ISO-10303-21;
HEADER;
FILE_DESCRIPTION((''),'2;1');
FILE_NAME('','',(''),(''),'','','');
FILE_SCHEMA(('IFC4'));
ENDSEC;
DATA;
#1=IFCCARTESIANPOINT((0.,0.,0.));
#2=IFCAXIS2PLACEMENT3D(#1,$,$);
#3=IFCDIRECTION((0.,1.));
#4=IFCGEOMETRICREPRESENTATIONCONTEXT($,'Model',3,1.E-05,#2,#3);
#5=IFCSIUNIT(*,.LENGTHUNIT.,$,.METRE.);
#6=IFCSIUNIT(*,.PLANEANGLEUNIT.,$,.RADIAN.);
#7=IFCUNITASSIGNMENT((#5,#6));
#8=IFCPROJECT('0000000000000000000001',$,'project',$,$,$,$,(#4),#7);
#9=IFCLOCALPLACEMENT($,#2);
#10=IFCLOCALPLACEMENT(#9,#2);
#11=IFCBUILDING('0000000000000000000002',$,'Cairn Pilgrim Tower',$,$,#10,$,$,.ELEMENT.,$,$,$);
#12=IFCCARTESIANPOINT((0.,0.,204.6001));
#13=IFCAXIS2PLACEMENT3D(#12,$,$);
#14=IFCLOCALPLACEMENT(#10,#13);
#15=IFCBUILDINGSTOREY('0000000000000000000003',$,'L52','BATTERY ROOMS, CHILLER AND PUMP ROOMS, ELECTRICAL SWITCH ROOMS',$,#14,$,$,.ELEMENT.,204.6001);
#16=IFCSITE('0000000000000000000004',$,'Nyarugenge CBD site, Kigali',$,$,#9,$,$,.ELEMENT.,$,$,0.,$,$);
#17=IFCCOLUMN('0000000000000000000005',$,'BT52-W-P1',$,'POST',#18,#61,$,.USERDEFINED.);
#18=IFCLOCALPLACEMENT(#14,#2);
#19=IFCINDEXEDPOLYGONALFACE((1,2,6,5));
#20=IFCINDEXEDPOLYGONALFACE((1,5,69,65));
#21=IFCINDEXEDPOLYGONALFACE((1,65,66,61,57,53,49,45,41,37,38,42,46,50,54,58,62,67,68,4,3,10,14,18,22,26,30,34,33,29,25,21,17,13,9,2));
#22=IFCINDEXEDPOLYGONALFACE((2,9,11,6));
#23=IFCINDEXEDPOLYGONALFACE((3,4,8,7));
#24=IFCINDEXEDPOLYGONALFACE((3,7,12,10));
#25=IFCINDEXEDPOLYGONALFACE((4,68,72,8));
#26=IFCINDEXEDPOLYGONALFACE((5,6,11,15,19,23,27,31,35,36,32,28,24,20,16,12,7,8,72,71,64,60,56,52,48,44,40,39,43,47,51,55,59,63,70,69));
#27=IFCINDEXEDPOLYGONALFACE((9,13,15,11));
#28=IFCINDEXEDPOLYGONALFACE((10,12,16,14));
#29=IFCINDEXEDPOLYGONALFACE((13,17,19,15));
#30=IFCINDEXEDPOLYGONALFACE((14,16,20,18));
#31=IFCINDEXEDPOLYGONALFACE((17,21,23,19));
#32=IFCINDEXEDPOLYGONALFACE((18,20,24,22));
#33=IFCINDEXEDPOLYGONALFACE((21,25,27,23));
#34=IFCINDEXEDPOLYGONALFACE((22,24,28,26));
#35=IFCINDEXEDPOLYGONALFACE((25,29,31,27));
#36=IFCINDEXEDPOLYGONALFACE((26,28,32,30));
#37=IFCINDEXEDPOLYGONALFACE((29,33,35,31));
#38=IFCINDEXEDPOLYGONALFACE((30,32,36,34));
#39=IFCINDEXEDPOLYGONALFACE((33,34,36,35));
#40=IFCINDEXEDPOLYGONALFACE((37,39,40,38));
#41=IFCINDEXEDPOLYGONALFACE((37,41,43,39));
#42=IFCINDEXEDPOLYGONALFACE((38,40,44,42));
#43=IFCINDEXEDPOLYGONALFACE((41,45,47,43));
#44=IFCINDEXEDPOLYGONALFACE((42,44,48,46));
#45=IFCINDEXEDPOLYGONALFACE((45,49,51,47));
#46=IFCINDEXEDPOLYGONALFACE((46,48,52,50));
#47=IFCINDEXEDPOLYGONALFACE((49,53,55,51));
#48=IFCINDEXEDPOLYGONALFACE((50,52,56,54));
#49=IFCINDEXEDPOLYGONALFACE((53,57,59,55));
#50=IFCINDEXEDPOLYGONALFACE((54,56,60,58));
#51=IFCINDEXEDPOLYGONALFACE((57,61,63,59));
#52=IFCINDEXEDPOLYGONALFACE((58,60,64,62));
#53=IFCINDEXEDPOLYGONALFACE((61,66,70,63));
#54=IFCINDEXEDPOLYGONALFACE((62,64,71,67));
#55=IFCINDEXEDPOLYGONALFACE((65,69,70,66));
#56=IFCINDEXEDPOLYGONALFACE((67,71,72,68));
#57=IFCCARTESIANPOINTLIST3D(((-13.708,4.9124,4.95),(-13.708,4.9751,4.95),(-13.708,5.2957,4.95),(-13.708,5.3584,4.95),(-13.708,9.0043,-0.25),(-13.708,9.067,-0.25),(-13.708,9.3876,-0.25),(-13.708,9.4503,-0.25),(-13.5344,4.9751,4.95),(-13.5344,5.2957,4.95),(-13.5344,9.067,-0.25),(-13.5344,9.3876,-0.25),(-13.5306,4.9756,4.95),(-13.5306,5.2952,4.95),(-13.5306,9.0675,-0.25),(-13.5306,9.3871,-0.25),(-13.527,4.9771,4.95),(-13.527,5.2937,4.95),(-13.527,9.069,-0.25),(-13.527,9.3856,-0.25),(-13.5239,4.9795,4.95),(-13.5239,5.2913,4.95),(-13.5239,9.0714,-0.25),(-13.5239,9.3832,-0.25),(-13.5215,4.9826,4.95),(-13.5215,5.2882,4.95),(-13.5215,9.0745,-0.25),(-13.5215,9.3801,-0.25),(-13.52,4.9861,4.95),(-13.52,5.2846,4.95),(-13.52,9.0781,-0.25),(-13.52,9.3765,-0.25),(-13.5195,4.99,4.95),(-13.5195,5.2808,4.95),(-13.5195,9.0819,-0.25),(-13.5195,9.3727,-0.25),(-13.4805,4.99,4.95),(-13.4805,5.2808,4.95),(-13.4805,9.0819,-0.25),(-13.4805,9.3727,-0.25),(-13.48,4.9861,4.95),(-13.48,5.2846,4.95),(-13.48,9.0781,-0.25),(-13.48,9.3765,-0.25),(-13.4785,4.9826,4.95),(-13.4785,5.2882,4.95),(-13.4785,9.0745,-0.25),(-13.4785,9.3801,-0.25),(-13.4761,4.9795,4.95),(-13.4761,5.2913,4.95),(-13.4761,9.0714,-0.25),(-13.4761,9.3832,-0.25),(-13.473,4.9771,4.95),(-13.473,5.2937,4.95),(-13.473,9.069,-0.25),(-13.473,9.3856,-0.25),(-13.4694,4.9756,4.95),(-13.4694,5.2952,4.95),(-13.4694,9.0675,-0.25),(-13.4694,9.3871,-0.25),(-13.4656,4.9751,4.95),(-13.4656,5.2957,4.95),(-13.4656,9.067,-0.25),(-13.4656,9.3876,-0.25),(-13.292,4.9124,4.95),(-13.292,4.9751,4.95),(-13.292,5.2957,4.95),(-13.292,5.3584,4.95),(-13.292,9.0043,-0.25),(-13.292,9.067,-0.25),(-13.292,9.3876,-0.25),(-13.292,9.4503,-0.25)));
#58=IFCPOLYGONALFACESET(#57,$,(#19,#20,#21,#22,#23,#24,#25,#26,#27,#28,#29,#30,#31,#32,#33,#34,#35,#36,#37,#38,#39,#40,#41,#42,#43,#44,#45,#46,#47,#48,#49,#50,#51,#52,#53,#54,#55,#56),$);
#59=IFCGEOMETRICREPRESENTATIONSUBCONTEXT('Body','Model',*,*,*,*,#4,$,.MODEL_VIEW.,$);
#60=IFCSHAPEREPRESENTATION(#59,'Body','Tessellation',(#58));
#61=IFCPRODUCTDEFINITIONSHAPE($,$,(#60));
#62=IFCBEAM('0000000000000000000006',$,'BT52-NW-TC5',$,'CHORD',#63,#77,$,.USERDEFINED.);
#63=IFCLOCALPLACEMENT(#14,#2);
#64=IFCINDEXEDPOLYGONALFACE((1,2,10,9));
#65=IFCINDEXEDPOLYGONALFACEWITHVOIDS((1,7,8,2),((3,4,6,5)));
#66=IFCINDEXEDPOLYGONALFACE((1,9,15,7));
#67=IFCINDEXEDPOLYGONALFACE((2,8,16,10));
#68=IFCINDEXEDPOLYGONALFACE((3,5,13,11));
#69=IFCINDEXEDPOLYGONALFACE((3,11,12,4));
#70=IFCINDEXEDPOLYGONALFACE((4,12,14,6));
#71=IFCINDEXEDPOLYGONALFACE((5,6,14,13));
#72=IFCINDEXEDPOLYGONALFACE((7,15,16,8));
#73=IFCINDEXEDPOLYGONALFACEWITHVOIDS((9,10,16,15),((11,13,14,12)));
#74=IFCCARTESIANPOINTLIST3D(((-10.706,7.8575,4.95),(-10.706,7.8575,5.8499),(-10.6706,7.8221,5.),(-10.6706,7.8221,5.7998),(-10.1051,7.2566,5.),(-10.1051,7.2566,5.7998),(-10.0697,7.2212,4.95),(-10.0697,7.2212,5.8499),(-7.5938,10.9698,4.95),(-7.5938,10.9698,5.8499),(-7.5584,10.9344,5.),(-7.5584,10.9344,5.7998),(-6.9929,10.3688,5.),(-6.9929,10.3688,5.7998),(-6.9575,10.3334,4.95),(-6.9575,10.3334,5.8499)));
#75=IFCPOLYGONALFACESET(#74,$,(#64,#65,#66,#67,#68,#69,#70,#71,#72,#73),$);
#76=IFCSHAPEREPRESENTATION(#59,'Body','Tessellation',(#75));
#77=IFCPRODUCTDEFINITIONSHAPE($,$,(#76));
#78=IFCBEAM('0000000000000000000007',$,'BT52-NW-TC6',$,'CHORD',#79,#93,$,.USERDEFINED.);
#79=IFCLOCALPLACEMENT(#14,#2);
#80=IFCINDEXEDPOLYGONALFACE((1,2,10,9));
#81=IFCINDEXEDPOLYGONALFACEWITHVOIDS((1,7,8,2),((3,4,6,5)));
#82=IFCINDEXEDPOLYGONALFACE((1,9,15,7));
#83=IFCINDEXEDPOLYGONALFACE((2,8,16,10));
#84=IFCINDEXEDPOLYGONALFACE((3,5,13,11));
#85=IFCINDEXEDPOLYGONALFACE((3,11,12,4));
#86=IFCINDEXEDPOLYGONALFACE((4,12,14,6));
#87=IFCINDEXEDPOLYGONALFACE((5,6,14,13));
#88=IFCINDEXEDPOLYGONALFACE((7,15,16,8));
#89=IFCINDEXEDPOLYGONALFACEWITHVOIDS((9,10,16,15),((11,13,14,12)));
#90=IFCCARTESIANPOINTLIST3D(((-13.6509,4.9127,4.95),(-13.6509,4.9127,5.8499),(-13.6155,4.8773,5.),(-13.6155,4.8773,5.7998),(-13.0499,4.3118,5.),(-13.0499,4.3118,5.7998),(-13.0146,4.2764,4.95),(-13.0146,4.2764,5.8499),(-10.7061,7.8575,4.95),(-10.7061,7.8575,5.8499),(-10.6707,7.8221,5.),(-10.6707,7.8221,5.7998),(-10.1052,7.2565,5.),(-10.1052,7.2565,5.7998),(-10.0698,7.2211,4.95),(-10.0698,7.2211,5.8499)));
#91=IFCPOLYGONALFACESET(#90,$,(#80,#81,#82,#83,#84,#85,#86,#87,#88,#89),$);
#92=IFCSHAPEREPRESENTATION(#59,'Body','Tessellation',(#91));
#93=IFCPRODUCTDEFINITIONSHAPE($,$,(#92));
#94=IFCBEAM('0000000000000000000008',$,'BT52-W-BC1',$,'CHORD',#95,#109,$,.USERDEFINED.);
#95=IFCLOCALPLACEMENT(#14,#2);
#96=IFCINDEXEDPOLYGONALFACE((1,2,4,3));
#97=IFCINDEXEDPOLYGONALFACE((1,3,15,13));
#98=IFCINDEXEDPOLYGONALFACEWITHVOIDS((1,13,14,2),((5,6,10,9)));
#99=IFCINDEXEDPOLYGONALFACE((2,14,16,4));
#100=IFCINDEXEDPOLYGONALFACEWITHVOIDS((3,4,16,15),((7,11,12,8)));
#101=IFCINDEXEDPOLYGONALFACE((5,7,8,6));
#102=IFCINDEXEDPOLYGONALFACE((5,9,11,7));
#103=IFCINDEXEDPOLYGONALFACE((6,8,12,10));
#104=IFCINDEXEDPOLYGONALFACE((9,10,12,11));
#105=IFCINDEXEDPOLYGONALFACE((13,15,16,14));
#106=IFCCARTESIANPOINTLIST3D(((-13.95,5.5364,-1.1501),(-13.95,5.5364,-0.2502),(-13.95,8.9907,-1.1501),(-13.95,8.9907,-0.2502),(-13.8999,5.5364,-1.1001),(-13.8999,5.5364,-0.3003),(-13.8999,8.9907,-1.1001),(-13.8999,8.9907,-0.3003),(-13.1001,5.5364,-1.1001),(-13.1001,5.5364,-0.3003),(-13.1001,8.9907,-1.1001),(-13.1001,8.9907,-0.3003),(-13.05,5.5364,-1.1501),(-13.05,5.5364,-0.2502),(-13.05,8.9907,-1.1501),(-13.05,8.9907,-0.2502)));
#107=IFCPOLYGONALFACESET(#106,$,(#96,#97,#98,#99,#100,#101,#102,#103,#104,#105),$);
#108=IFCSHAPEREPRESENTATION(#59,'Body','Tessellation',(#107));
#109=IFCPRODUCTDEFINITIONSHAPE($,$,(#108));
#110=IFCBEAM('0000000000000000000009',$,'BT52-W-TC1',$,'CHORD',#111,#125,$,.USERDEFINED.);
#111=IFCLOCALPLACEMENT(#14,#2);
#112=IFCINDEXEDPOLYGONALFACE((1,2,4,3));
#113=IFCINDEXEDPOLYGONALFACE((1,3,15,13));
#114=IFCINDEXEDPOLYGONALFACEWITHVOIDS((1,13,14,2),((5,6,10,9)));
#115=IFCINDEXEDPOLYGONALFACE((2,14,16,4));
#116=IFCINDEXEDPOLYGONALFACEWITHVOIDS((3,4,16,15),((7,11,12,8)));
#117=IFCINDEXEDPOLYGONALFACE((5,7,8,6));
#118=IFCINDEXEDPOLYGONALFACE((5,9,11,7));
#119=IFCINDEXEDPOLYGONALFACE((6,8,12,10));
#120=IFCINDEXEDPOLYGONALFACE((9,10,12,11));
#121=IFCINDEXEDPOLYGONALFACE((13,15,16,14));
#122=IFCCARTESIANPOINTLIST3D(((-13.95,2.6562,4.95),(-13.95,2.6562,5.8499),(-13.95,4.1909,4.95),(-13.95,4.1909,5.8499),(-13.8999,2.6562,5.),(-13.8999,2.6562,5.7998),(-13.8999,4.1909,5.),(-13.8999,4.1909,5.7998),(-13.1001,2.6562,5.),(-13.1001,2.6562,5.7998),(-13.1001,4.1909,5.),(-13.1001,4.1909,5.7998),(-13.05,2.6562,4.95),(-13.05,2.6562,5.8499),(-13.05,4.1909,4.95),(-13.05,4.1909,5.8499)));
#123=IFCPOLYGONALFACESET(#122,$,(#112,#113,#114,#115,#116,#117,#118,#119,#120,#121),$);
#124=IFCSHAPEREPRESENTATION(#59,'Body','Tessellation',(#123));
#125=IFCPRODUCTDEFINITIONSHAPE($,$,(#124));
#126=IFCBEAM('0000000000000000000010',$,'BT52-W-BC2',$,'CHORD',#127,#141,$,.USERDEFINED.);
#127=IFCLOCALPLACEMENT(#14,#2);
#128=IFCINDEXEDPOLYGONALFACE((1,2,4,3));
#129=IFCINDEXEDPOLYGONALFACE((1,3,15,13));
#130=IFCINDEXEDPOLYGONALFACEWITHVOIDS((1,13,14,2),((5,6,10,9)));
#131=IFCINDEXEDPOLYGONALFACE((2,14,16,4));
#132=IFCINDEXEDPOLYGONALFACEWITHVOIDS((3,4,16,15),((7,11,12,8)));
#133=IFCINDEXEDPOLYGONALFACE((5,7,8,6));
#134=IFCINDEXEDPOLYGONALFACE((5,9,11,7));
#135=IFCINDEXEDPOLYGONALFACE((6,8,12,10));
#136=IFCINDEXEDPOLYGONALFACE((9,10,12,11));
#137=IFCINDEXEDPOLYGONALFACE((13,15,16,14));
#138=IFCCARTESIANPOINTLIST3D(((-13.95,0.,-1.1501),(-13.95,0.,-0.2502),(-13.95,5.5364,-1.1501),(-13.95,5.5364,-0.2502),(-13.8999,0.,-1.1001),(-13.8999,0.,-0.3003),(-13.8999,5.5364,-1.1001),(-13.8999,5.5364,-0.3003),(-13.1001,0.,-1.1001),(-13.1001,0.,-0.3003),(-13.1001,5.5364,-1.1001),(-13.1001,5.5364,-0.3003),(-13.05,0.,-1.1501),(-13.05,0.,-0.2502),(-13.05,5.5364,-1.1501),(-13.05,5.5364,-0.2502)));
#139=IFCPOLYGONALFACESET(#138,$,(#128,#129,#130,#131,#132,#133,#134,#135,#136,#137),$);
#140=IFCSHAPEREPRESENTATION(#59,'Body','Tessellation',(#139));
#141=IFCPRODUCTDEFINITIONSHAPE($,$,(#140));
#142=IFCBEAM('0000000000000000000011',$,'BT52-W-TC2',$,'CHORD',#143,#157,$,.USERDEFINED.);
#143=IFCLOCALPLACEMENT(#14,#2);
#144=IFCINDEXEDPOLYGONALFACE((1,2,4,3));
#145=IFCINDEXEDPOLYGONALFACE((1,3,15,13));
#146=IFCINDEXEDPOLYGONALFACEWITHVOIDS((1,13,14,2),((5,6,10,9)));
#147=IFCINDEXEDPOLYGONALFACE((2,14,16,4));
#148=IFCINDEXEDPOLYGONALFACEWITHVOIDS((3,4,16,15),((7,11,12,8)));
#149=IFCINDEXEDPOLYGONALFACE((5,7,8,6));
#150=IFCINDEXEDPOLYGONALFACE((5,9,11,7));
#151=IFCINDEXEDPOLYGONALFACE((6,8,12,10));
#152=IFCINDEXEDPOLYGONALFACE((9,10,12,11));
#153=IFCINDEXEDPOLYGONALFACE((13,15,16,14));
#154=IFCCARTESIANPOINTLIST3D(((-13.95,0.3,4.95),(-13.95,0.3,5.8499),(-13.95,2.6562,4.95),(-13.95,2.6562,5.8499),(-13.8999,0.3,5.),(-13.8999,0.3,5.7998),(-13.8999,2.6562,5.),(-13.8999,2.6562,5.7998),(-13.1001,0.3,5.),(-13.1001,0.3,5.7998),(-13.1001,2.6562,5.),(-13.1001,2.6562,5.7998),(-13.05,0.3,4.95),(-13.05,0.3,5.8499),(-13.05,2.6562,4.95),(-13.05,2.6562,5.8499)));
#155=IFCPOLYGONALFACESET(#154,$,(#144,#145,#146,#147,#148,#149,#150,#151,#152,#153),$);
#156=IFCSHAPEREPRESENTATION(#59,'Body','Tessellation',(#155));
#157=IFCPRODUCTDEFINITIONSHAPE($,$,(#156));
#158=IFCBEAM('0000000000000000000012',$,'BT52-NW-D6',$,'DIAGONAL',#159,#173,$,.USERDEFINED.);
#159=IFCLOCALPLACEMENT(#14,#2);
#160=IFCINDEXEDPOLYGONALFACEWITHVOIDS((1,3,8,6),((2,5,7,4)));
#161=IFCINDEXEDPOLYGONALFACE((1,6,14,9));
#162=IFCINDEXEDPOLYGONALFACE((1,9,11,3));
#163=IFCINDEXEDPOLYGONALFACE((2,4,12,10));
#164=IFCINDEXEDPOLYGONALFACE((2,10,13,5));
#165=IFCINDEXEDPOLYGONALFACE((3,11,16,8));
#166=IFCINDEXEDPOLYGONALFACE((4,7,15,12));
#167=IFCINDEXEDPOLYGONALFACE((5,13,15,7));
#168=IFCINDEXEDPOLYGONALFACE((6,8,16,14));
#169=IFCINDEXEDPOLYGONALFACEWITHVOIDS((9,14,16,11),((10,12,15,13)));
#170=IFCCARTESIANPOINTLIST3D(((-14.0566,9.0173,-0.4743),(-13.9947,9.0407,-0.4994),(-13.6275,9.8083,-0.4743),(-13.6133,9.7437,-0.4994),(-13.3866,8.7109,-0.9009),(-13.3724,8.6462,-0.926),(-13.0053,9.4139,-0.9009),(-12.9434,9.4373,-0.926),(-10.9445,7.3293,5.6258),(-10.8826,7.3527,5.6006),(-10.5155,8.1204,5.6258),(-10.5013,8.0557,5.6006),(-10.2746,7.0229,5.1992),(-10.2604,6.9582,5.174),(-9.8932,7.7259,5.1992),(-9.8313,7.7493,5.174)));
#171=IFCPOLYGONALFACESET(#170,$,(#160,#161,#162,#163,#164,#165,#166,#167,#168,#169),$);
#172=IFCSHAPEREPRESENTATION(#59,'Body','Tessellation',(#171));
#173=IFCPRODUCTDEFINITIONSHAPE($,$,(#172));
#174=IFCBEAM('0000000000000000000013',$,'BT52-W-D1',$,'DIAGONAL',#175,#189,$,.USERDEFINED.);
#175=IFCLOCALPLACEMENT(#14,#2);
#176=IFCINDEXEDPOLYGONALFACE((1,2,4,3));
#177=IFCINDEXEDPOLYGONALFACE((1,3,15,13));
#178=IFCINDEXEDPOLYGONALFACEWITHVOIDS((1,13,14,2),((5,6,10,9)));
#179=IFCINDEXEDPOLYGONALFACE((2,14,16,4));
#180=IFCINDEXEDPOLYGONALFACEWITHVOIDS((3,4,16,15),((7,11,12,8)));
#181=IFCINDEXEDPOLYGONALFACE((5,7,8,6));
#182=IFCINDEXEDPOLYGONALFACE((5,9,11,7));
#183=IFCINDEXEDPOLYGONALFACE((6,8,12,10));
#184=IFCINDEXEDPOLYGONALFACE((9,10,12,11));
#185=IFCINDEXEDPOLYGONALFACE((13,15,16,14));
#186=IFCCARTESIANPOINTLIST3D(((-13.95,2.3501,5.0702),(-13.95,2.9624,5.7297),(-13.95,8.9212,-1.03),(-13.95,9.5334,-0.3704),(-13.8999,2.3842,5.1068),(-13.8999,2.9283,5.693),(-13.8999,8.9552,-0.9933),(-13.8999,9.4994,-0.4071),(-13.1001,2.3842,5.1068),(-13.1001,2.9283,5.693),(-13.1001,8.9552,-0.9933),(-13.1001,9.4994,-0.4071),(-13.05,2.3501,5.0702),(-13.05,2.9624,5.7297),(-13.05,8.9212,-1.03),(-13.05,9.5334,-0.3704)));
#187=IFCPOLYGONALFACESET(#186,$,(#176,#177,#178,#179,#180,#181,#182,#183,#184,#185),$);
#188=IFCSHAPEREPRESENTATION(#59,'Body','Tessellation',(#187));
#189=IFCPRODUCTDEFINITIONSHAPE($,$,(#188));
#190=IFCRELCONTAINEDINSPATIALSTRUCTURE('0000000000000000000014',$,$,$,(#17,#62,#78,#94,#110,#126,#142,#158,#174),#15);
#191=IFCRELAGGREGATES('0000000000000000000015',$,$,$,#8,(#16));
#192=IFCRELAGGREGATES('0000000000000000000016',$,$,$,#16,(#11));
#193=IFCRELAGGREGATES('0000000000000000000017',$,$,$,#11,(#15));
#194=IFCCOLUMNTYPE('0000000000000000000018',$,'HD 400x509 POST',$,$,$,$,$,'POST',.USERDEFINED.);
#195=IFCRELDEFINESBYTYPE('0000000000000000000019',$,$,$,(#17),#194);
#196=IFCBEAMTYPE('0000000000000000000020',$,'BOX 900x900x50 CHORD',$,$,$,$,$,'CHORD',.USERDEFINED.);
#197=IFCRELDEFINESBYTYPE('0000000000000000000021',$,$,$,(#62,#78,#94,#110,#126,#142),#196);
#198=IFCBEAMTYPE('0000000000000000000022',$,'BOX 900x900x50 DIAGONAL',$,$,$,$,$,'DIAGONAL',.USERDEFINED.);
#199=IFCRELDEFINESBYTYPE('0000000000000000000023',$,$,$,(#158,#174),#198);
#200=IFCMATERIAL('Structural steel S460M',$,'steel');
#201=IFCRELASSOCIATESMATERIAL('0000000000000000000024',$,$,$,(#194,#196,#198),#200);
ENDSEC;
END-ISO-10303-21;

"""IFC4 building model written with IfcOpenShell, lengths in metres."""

from ifc_helpers import new_model, si_unit, direction, frame, origin, origin_2d, place, context, subcontext, project, spatial, hollow_rectangle, i_section, extrude, clip, halfspace, material, material_profile, profile_set, type_object, element, save


model = new_model("IFC4")

# Units and contexts
model_context = context("Model", 3, precision=1e-05, world=origin(), true_north=direction((0.0, 1.0)))
body_context = subcontext(model_context, "Body", "Model", "MODEL_VIEW")
ifc_project = project(units=[si_unit("LENGTHUNIT", "METRE"), si_unit("PLANEANGLEUNIT", "RADIAN")], contexts=[model_context])

# Site, building, storey
site_placement = place(None, origin())
site = spatial("IfcSite", under=ifc_project, at=site_placement, Name="Nyarugenge CBD site, Kigali", CompositionType="ELEMENT", RefElevation=0.0)
building_placement = place(site_placement, origin())
building = spatial("IfcBuilding", under=site, at=building_placement, Name="Cairn Pilgrim Tower", CompositionType="ELEMENT")
storey_placement = place(building_placement, frame((0.0, 0.0, 204.6001)))
storey = spatial("IfcBuildingStorey", under=building, at=storey_placement, Name="L52", Description="BATTERY ROOMS, CHILLER AND PUMP ROOMS, ELECTRICAL SWITCH ROOMS", CompositionType="ELEMENT", Elevation=204.6001)

# Column
ifc_material_1 = material(Name="Structural steel S460M", Category="steel")
ifc_material_profile_1 = material_profile(ifc_material_1, i_section(OverallWidth=0.416, OverallDepth=0.446, WebThickness=0.0391, FlangeThickness=0.0627, FilletRadius=0.0149, at=origin_2d()), Name="HD 400x509")
ifc_profile_set_1 = profile_set([ifc_material_profile_1], Name="Structural steel S460M")
column_type_1 = type_object("IfcColumnType", Name="HD 400x509 POST", ElementType="POST", PredefinedType="USERDEFINED", material=ifc_profile_set_1)
column_1_placement = place(storey_placement, frame((-13.5, 9.2273, -0.25), z_axis=(0.0, 0.0, 1.0), x_axis=(1.0, 0.0, 0.0)))
element("IfcColumn", 1, at=column_1_placement, inside=storey, type_object=column_type_1, Name="BT52-W-P1", ObjectType="POST", PredefinedType="USERDEFINED", context=body_context, shape_type="Clipping", body=[
    clip(extrude(i_section(OverallWidth=0.416, OverallDepth=0.446, WebThickness=0.0391, FlangeThickness=0.0627, FilletRadius=0.0149, at=origin_2d()), origin(), (0.0, -0.618403, 0.785861), 7.762), halfspace(frame((0.0, 0.0, 5.2), z_axis=(0.0, 0.0, 1.0), x_axis=(1.0, 0.0, 0.0)), False)),
])

# Beams
ifc_material_profile_2 = material_profile(ifc_material_1, hollow_rectangle(XDim=0.8999, YDim=0.8999, WallThickness=0.05, at=origin_2d()), Name="BOX 900x900x50")
ifc_profile_set_2 = profile_set([ifc_material_profile_2], Name="Structural steel S460M")
beam_type_1 = type_object("IfcBeamType", Name="BOX 900x900x50 CHORD", ElementType="CHORD", PredefinedType="USERDEFINED", material=ifc_profile_set_2)
beam_1_placement = place(storey_placement, frame((-7.2756, 10.6516, 5.3999), z_axis=(-0.707107, -0.707107, 0.0), x_axis=(0.707107, -0.707107, 0.0)))
element("IfcBeam", 2, at=beam_1_placement, inside=storey, type_object=beam_type_1, Name="BT52-NW-TC5", ObjectType="CHORD", PredefinedType="USERDEFINED", context=body_context, shape_type="SweptSolid", body=[
    extrude(hollow_rectangle(XDim=0.8999, YDim=0.8999, WallThickness=0.05, at=origin_2d()), origin(), (0.0, 0.0, 1.0), 4.4014),
])
beam_2_placement = place(storey_placement, frame((-10.3879, 7.5393, 5.3999), z_axis=(-0.707107, -0.707107, 0.0), x_axis=(0.707107, -0.707107, 0.0)))
element("IfcBeam", 3, at=beam_2_placement, inside=storey, type_object=beam_type_1, Name="BT52-NW-TC6", ObjectType="CHORD", PredefinedType="USERDEFINED", context=body_context, shape_type="SweptSolid", body=[
    extrude(hollow_rectangle(XDim=0.8999, YDim=0.8999, WallThickness=0.05, at=origin_2d()), origin(), (0.0, 0.0, 1.0), 4.1646),
])
beam_3_placement = place(storey_placement, frame((-13.5, 8.9907, -0.7002), z_axis=(0.0, -1.0, 0.0), x_axis=(1.0, 0.0, 0.0)))
element("IfcBeam", 4, at=beam_3_placement, inside=storey, type_object=beam_type_1, Name="BT52-W-BC1", ObjectType="CHORD", PredefinedType="USERDEFINED", context=body_context, shape_type="SweptSolid", body=[
    extrude(hollow_rectangle(XDim=0.8999, YDim=0.8999, WallThickness=0.05, at=origin_2d()), origin(), (0.0, 0.0, 1.0), 3.4543),
])
beam_4_placement = place(storey_placement, frame((-13.5, 4.1909, 5.3999), z_axis=(0.0, -1.0, 0.0), x_axis=(1.0, 0.0, 0.0)))
element("IfcBeam", 5, at=beam_4_placement, inside=storey, type_object=beam_type_1, Name="BT52-W-TC1", ObjectType="CHORD", PredefinedType="USERDEFINED", context=body_context, shape_type="SweptSolid", body=[
    extrude(hollow_rectangle(XDim=0.8999, YDim=0.8999, WallThickness=0.05, at=origin_2d()), origin(), (0.0, 0.0, 1.0), 1.5347),
])
beam_5_placement = place(storey_placement, frame((-13.5, 5.5364, -0.7002), z_axis=(0.0, -1.0, 0.0), x_axis=(1.0, 0.0, 0.0)))
element("IfcBeam", 6, at=beam_5_placement, inside=storey, type_object=beam_type_1, Name="BT52-W-BC2", ObjectType="CHORD", PredefinedType="USERDEFINED", context=body_context, shape_type="SweptSolid", body=[
    extrude(hollow_rectangle(XDim=0.8999, YDim=0.8999, WallThickness=0.05, at=origin_2d()), origin(), (0.0, 0.0, 1.0), 5.5364),
])
beam_6_placement = place(storey_placement, frame((-13.5, 2.6562, 5.3999), z_axis=(0.0, -1.0, 0.0), x_axis=(1.0, 0.0, 0.0)))
element("IfcBeam", 7, at=beam_6_placement, inside=storey, type_object=beam_type_1, Name="BT52-W-TC2", ObjectType="CHORD", PredefinedType="USERDEFINED", context=body_context, shape_type="SweptSolid", body=[
    extrude(hollow_rectangle(XDim=0.8999, YDim=0.8999, WallThickness=0.05, at=origin_2d()), origin(), (0.0, 0.0, 1.0), 2.3562),
])
ifc_material_profile_3 = material_profile(ifc_material_1, hollow_rectangle(XDim=0.8999, YDim=0.8999, WallThickness=0.05, at=origin_2d()), Name="BOX 900x900x50")
ifc_profile_set_3 = profile_set([ifc_material_profile_3], Name="Structural steel S460M")
beam_type_2 = type_object("IfcBeamType", Name="BOX 900x900x50 DIAGONAL", ElementType="DIAGONAL", PredefinedType="USERDEFINED", material=ifc_profile_set_3)
beam_7_placement = place(storey_placement, frame((-10.3879, 7.5393, 5.3999), z_axis=(-0.441237, 0.239328, -0.864889), x_axis=(-0.476783, -0.879021, 0.0)))
element("IfcBeam", 8, at=beam_7_placement, inside=storey, type_object=beam_type_2, Name="BT52-NW-D6", ObjectType="DIAGONAL", PredefinedType="USERDEFINED", context=body_context, shape_type="SweptSolid", body=[
    extrude(hollow_rectangle(XDim=0.8999, YDim=0.8999, WallThickness=0.05, at=origin_2d()), origin(), (0.0, 0.0, 1.0), 7.053),
])
beam_8_placement = place(storey_placement, frame((-13.5, 9.2273, -0.7002), z_axis=(0.0, -0.732882, 0.680356), x_axis=(1.0, 0.0, 0.0)))
element("IfcBeam", 9, at=beam_8_placement, inside=storey, type_object=beam_type_2, Name="BT52-W-D1", ObjectType="DIAGONAL", PredefinedType="USERDEFINED", context=body_context, shape_type="SweptSolid", body=[
    extrude(hollow_rectangle(XDim=0.8999, YDim=0.8999, WallThickness=0.05, at=origin_2d()), origin(), (0.0, 0.0, 1.0), 8.9661),
])

save(model, "model.ifc")
